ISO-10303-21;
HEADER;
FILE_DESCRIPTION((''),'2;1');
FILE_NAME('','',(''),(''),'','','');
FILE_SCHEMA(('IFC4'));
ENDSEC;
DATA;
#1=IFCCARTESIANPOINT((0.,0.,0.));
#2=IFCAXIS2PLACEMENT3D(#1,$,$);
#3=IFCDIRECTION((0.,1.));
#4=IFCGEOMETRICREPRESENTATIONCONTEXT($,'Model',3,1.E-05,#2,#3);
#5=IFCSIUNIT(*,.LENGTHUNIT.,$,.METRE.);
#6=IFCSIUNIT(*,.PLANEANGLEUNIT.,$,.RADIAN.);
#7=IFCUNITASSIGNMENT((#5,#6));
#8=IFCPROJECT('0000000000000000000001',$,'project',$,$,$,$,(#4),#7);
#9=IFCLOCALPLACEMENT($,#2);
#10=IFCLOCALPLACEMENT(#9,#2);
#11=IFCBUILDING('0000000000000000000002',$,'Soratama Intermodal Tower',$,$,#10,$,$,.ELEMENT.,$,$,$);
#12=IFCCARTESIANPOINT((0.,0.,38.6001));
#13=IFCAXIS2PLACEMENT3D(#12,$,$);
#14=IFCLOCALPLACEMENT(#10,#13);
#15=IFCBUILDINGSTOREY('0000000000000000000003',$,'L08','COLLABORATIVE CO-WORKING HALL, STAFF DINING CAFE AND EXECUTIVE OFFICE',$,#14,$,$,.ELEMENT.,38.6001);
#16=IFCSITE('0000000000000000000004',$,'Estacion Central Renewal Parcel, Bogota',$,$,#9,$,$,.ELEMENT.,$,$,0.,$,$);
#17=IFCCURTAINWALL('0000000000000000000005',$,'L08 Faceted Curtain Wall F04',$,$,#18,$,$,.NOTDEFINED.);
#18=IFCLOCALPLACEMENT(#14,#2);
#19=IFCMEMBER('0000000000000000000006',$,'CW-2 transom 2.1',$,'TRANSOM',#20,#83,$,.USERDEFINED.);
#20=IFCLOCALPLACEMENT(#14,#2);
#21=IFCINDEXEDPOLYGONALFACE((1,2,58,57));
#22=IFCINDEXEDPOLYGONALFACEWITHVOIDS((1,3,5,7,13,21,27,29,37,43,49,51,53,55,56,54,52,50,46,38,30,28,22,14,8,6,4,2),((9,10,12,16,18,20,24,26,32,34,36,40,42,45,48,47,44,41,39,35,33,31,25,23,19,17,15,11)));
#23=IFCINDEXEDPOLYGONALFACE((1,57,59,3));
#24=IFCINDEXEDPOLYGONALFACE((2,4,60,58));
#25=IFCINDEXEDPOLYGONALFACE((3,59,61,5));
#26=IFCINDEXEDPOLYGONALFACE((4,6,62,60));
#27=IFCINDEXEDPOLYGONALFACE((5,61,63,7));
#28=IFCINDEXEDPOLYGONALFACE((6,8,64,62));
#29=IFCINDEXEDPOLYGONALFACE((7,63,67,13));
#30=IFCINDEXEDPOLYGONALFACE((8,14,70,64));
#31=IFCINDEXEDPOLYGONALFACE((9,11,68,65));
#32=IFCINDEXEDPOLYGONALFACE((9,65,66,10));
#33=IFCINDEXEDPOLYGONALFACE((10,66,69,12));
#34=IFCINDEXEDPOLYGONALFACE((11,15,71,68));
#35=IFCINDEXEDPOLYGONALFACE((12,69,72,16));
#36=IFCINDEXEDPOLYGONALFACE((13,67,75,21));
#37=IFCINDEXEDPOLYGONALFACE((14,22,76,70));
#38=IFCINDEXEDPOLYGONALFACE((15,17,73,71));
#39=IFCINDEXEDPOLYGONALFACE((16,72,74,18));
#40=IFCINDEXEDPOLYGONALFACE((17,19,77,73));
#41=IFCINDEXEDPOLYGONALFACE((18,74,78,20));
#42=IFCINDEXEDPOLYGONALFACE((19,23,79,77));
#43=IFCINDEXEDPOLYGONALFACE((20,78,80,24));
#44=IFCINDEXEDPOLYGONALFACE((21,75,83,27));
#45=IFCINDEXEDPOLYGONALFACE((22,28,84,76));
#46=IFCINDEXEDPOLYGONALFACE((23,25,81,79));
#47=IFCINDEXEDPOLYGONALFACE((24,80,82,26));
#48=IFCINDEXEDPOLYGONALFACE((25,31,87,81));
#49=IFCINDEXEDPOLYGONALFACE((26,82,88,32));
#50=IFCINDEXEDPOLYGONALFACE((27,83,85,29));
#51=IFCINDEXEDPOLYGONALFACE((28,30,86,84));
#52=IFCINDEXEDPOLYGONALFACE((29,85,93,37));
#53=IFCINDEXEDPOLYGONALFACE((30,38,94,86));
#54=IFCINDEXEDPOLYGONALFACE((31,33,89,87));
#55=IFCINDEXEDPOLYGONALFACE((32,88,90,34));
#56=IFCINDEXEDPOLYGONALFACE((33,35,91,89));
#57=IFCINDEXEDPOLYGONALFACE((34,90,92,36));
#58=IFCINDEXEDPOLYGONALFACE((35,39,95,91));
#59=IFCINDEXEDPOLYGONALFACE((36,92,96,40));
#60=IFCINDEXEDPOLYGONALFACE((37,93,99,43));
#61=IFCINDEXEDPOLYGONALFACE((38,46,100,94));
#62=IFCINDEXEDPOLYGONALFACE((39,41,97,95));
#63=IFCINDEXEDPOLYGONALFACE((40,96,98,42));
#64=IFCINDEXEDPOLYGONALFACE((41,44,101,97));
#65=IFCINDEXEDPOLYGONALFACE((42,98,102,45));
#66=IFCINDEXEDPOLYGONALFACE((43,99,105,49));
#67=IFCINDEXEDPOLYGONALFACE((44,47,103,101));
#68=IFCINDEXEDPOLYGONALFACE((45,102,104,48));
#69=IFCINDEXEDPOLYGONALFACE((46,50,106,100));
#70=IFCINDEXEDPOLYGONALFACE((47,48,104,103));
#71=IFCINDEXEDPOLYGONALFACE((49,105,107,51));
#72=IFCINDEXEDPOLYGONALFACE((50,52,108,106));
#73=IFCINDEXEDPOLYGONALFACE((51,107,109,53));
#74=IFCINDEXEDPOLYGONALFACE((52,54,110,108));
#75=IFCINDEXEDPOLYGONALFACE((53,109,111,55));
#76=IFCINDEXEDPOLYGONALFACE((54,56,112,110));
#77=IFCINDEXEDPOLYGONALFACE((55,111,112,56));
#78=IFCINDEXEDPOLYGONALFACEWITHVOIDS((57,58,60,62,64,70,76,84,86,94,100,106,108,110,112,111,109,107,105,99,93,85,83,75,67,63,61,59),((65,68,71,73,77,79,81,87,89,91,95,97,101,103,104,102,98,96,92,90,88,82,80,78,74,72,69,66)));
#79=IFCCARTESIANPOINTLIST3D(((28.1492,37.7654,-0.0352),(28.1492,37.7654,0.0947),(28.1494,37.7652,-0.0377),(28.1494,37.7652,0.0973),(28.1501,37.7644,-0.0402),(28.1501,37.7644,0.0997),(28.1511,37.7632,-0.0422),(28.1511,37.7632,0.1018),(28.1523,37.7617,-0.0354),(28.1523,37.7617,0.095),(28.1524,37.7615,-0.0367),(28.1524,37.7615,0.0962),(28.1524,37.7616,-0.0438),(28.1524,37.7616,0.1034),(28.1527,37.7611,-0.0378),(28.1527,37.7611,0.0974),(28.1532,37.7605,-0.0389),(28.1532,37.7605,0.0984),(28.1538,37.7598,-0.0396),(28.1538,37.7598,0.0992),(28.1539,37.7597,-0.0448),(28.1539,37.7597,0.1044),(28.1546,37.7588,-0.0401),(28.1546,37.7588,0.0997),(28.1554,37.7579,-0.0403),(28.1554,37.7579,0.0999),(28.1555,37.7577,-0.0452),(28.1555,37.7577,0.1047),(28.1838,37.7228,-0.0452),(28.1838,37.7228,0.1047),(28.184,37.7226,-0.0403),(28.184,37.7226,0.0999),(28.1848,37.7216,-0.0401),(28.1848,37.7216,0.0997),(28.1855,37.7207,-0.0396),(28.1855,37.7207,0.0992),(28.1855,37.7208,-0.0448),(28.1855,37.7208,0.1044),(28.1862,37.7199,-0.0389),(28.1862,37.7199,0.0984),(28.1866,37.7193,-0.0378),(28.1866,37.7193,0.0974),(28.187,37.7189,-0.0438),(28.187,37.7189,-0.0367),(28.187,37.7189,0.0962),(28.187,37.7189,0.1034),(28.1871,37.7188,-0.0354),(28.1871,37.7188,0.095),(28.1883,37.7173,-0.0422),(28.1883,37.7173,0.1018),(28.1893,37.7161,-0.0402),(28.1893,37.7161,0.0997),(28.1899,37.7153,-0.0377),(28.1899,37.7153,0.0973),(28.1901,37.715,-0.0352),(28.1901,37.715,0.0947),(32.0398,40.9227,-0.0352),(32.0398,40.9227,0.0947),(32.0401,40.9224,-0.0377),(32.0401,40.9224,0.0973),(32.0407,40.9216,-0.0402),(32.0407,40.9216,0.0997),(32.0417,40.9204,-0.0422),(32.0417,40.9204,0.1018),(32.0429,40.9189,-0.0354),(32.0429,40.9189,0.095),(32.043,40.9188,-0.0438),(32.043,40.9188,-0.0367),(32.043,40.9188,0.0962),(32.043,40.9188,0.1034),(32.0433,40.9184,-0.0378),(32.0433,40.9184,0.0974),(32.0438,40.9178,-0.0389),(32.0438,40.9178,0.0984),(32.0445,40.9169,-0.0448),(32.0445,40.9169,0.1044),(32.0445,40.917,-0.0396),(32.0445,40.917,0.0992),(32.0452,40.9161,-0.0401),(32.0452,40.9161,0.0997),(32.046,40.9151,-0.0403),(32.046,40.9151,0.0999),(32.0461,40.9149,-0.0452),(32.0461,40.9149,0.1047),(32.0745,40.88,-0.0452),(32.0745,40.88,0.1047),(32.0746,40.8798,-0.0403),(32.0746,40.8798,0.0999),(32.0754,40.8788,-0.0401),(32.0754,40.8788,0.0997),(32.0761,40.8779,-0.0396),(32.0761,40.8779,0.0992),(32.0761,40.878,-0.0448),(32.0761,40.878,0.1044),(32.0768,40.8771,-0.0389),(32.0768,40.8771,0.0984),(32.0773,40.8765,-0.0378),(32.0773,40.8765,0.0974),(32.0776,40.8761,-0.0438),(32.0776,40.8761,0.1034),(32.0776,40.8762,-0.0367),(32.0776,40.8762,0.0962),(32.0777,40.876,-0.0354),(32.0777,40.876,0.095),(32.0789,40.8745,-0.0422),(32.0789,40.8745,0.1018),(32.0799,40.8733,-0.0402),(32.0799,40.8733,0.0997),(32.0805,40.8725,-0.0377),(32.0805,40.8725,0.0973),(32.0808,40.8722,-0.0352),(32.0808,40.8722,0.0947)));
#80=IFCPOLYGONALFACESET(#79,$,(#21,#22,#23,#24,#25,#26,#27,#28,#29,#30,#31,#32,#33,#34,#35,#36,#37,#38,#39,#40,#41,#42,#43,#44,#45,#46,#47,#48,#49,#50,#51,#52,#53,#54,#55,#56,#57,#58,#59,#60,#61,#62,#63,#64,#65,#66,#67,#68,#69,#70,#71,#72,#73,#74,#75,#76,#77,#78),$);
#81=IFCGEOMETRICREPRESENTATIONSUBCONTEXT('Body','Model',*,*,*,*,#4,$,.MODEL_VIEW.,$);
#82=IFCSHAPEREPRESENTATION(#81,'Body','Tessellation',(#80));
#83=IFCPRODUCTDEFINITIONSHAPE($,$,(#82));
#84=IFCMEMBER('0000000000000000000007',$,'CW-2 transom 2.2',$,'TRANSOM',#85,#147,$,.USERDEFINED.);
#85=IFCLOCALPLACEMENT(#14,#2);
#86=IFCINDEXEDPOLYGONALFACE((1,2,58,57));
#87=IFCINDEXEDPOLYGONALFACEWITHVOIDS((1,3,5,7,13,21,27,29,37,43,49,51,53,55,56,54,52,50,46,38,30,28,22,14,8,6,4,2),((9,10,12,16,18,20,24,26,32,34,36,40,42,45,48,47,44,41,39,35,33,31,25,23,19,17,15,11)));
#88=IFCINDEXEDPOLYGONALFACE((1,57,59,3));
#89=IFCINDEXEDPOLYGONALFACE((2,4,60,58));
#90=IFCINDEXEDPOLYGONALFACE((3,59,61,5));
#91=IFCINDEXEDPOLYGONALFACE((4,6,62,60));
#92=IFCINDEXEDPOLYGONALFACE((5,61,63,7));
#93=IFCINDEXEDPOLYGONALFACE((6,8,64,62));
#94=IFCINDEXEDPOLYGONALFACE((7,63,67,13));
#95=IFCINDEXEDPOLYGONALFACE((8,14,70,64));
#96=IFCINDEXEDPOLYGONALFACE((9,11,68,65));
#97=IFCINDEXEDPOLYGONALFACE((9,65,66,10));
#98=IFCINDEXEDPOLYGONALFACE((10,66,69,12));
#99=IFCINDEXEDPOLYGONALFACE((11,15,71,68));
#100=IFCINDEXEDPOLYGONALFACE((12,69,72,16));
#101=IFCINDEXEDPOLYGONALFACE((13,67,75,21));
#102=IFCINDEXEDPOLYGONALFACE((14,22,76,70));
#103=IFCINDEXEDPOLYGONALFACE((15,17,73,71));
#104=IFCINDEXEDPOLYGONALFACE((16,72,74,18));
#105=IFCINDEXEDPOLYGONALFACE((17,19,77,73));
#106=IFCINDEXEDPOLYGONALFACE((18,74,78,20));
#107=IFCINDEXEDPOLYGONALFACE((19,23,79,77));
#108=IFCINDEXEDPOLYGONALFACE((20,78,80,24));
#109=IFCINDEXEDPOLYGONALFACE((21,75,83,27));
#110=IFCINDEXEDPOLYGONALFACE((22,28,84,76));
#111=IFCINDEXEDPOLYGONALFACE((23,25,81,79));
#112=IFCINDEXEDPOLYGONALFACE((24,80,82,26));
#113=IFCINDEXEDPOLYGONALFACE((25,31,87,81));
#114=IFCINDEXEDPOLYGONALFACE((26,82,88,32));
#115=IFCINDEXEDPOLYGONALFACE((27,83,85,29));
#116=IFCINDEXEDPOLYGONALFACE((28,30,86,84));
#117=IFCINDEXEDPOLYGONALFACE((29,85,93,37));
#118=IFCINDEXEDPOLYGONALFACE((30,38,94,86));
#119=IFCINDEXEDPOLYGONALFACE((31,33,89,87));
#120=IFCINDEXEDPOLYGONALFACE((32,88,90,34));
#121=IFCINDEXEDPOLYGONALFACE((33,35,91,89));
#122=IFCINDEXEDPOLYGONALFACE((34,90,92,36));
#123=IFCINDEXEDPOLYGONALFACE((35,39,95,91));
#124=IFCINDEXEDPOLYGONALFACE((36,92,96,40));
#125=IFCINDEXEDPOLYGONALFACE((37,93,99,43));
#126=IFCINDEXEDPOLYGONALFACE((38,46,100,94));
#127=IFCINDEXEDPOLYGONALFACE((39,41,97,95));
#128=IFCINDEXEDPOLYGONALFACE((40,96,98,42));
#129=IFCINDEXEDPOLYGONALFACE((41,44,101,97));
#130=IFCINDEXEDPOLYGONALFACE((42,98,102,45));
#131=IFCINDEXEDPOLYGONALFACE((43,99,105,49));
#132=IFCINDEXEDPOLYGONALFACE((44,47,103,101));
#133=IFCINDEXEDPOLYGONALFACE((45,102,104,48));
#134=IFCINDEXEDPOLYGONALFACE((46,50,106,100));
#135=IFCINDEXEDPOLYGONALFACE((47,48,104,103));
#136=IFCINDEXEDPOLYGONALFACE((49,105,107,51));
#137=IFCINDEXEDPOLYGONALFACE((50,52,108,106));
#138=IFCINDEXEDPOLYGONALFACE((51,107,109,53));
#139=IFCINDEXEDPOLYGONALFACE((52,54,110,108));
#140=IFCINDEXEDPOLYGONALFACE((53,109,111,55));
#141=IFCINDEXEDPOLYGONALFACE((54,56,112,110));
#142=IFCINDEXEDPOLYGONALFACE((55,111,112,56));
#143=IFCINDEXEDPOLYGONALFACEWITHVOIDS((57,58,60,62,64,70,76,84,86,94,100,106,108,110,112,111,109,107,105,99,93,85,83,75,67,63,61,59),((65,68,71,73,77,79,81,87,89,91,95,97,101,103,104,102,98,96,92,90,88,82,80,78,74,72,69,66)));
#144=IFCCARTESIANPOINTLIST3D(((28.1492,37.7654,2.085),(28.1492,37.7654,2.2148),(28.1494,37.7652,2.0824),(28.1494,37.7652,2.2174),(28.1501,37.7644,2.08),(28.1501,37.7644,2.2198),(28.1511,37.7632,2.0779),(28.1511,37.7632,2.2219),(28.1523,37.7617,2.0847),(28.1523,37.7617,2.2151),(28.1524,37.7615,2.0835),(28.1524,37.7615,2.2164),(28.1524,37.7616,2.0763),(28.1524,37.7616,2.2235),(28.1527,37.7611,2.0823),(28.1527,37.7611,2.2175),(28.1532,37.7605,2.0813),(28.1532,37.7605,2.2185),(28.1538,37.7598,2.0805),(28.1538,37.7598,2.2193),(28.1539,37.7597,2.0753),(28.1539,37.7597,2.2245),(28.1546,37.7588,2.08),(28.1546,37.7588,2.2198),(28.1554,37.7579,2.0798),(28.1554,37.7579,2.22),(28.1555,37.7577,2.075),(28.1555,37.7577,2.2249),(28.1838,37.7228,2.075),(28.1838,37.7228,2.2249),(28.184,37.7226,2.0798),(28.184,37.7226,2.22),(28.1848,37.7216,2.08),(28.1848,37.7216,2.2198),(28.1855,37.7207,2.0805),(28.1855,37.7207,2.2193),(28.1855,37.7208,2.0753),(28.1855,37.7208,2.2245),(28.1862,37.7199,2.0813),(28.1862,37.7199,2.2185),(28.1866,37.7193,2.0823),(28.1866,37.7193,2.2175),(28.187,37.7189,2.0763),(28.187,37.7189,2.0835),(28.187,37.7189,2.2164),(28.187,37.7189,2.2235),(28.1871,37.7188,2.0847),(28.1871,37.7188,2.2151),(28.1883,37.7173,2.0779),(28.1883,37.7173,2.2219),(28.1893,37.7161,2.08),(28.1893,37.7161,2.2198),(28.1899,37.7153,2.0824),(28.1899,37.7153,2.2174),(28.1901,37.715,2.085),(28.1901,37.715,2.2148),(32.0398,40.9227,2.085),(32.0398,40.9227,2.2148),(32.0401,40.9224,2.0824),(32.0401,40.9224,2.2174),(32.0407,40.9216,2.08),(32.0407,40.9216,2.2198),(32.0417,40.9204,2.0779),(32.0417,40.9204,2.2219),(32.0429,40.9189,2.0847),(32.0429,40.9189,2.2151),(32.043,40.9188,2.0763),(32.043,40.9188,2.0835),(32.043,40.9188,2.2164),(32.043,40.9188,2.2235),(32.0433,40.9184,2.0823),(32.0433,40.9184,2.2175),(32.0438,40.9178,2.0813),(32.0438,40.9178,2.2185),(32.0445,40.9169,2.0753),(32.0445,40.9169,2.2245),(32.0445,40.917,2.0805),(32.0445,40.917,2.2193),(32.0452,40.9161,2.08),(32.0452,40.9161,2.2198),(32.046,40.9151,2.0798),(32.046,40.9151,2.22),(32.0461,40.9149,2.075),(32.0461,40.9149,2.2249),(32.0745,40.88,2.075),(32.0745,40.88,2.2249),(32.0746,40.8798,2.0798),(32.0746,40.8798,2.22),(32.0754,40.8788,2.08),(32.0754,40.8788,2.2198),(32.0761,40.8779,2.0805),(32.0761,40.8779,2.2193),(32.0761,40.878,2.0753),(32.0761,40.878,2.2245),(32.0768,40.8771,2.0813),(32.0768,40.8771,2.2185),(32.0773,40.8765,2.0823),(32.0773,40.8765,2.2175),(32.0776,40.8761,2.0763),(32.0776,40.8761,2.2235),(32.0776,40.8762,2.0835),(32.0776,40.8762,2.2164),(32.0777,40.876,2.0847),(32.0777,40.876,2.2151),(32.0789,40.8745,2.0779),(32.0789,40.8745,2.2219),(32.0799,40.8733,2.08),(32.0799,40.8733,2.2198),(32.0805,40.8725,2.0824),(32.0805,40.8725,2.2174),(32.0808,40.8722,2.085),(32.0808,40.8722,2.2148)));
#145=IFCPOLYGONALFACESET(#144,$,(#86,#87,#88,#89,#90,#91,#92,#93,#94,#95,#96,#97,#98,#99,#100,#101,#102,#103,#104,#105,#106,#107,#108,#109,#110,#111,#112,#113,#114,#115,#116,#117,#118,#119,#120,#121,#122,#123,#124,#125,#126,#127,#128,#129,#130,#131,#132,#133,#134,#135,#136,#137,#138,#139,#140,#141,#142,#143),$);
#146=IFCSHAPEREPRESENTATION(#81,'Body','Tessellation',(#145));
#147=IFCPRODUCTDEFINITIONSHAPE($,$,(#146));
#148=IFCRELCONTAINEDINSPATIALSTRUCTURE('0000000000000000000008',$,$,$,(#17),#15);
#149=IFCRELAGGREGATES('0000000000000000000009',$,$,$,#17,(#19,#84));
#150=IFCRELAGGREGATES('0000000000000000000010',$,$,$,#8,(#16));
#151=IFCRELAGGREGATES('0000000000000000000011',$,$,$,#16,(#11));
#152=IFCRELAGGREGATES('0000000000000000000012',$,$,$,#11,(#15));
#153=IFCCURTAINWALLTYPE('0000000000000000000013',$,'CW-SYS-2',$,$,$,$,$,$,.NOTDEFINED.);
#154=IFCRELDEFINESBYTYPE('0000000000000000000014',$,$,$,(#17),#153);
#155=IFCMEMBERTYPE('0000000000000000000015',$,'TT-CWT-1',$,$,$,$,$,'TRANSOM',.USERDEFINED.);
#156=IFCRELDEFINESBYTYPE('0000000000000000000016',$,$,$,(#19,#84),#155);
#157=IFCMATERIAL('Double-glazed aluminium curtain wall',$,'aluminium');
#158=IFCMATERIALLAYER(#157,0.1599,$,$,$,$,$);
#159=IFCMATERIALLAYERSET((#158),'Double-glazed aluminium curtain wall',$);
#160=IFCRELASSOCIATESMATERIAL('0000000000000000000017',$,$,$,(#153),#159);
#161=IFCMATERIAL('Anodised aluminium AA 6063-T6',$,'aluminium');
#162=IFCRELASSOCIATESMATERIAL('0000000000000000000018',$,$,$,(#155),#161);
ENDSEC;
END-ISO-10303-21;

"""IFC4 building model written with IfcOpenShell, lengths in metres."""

from ifc_helpers import new_model, si_unit, direction, frame, origin, origin_2d, place, context, subcontext, project, spatial, hollow_rectangle, extrude, material, layer, layer_set, material_profile, profile_set, type_object, element, aggregate, save


model = new_model("IFC4")

# Units and contexts
model_context = context("Model", 3, precision=1e-05, world=origin(), true_north=direction((0.0, 1.0)))
body_context = subcontext(model_context, "Body", "Model", "MODEL_VIEW")
ifc_project = project(units=[si_unit("LENGTHUNIT", "METRE"), si_unit("PLANEANGLEUNIT", "RADIAN")], contexts=[model_context])

# Site, building, storey
site_placement = place(None, origin())
site = spatial("IfcSite", under=ifc_project, at=site_placement, Name="Estacion Central Renewal Parcel, Bogota", CompositionType="ELEMENT", RefElevation=0.0)
building_placement = place(site_placement, origin())
building = spatial("IfcBuilding", under=site, at=building_placement, Name="Soratama Intermodal Tower", CompositionType="ELEMENT")
storey_placement = place(building_placement, frame((0.0, 0.0, 38.6001)))
storey = spatial("IfcBuildingStorey", under=building, at=storey_placement, Name="L08", Description="COLLABORATIVE CO-WORKING HALL, STAFF DINING CAFE AND EXECUTIVE OFFICE", CompositionType="ELEMENT", Elevation=38.6001)

# Curtain wall, members
ifc_material_1 = material(Name="Double-glazed aluminium curtain wall", Category="aluminium")
ifc_layer_1 = layer(ifc_material_1, 0.1599)
ifc_layer_set_1 = layer_set([ifc_layer_1], Name="Double-glazed aluminium curtain wall")
curtain_wall_type = type_object("IfcCurtainWallType", Name="CW-SYS-2", PredefinedType="NOTDEFINED", material=ifc_layer_set_1)
curtain_wall_placement = place(storey_placement, origin())
curtain_wall = element("IfcCurtainWall", 1, at=curtain_wall_placement, inside=storey, type_object=curtain_wall_type, Name="L08 Faceted Curtain Wall F04", PredefinedType="NOTDEFINED")
ifc_material_2 = material(Name="Anodised aluminium AA 6063-T6", Category="aluminium")
ifc_material_profile_1 = material_profile(ifc_material_2, hollow_rectangle(XDim=0.0649, YDim=0.1499, WallThickness=0.0049, InnerFilletRadius=0.0049, OuterFilletRadius=0.01, at=origin_2d()), Name="CWT150X65X5")
ifc_profile_set_1 = profile_set([ifc_material_profile_1], Name="Anodised aluminium AA 6063-T6")
member_type_1 = type_object("IfcMemberType", Name="TT-CWT-1", ElementType="TRANSOM", PredefinedType="USERDEFINED", material=ifc_profile_set_1)
member_1_placement = place(storey_placement, frame((32.0603, 40.8975, 0.0298), z_axis=(-0.776495, -0.630123, 0.0), x_axis=(0.630123, -0.776495, 0.0)))
member_1 = element("IfcMember", 2, at=member_1_placement, type_object=member_type_1, Name="CW-2 transom 2.1", ObjectType="TRANSOM", PredefinedType="USERDEFINED", context=body_context, shape_type="SweptSolid", body=[
    extrude(hollow_rectangle(XDim=0.0649, YDim=0.1499, WallThickness=0.0049, InnerFilletRadius=0.0049, OuterFilletRadius=0.01, at=origin_2d()), origin(), (0.0, 0.0, 1.0), 5.0105),
])
member_2_placement = place(storey_placement, frame((32.0603, 40.8975, 2.1499), z_axis=(-0.776495, -0.630123, 0.0), x_axis=(0.630123, -0.776495, 0.0)))
member_2 = element("IfcMember", 3, at=member_2_placement, type_object=member_type_1, Name="CW-2 transom 2.2", ObjectType="TRANSOM", PredefinedType="USERDEFINED", context=body_context, shape_type="SweptSolid", body=[
    extrude(hollow_rectangle(XDim=0.0649, YDim=0.1499, WallThickness=0.0049, InnerFilletRadius=0.0049, OuterFilletRadius=0.01, at=origin_2d()), origin(), (0.0, 0.0, 1.0), 5.0105),
])
aggregate(curtain_wall, [member_1, member_2])

save(model, "model.ifc")
